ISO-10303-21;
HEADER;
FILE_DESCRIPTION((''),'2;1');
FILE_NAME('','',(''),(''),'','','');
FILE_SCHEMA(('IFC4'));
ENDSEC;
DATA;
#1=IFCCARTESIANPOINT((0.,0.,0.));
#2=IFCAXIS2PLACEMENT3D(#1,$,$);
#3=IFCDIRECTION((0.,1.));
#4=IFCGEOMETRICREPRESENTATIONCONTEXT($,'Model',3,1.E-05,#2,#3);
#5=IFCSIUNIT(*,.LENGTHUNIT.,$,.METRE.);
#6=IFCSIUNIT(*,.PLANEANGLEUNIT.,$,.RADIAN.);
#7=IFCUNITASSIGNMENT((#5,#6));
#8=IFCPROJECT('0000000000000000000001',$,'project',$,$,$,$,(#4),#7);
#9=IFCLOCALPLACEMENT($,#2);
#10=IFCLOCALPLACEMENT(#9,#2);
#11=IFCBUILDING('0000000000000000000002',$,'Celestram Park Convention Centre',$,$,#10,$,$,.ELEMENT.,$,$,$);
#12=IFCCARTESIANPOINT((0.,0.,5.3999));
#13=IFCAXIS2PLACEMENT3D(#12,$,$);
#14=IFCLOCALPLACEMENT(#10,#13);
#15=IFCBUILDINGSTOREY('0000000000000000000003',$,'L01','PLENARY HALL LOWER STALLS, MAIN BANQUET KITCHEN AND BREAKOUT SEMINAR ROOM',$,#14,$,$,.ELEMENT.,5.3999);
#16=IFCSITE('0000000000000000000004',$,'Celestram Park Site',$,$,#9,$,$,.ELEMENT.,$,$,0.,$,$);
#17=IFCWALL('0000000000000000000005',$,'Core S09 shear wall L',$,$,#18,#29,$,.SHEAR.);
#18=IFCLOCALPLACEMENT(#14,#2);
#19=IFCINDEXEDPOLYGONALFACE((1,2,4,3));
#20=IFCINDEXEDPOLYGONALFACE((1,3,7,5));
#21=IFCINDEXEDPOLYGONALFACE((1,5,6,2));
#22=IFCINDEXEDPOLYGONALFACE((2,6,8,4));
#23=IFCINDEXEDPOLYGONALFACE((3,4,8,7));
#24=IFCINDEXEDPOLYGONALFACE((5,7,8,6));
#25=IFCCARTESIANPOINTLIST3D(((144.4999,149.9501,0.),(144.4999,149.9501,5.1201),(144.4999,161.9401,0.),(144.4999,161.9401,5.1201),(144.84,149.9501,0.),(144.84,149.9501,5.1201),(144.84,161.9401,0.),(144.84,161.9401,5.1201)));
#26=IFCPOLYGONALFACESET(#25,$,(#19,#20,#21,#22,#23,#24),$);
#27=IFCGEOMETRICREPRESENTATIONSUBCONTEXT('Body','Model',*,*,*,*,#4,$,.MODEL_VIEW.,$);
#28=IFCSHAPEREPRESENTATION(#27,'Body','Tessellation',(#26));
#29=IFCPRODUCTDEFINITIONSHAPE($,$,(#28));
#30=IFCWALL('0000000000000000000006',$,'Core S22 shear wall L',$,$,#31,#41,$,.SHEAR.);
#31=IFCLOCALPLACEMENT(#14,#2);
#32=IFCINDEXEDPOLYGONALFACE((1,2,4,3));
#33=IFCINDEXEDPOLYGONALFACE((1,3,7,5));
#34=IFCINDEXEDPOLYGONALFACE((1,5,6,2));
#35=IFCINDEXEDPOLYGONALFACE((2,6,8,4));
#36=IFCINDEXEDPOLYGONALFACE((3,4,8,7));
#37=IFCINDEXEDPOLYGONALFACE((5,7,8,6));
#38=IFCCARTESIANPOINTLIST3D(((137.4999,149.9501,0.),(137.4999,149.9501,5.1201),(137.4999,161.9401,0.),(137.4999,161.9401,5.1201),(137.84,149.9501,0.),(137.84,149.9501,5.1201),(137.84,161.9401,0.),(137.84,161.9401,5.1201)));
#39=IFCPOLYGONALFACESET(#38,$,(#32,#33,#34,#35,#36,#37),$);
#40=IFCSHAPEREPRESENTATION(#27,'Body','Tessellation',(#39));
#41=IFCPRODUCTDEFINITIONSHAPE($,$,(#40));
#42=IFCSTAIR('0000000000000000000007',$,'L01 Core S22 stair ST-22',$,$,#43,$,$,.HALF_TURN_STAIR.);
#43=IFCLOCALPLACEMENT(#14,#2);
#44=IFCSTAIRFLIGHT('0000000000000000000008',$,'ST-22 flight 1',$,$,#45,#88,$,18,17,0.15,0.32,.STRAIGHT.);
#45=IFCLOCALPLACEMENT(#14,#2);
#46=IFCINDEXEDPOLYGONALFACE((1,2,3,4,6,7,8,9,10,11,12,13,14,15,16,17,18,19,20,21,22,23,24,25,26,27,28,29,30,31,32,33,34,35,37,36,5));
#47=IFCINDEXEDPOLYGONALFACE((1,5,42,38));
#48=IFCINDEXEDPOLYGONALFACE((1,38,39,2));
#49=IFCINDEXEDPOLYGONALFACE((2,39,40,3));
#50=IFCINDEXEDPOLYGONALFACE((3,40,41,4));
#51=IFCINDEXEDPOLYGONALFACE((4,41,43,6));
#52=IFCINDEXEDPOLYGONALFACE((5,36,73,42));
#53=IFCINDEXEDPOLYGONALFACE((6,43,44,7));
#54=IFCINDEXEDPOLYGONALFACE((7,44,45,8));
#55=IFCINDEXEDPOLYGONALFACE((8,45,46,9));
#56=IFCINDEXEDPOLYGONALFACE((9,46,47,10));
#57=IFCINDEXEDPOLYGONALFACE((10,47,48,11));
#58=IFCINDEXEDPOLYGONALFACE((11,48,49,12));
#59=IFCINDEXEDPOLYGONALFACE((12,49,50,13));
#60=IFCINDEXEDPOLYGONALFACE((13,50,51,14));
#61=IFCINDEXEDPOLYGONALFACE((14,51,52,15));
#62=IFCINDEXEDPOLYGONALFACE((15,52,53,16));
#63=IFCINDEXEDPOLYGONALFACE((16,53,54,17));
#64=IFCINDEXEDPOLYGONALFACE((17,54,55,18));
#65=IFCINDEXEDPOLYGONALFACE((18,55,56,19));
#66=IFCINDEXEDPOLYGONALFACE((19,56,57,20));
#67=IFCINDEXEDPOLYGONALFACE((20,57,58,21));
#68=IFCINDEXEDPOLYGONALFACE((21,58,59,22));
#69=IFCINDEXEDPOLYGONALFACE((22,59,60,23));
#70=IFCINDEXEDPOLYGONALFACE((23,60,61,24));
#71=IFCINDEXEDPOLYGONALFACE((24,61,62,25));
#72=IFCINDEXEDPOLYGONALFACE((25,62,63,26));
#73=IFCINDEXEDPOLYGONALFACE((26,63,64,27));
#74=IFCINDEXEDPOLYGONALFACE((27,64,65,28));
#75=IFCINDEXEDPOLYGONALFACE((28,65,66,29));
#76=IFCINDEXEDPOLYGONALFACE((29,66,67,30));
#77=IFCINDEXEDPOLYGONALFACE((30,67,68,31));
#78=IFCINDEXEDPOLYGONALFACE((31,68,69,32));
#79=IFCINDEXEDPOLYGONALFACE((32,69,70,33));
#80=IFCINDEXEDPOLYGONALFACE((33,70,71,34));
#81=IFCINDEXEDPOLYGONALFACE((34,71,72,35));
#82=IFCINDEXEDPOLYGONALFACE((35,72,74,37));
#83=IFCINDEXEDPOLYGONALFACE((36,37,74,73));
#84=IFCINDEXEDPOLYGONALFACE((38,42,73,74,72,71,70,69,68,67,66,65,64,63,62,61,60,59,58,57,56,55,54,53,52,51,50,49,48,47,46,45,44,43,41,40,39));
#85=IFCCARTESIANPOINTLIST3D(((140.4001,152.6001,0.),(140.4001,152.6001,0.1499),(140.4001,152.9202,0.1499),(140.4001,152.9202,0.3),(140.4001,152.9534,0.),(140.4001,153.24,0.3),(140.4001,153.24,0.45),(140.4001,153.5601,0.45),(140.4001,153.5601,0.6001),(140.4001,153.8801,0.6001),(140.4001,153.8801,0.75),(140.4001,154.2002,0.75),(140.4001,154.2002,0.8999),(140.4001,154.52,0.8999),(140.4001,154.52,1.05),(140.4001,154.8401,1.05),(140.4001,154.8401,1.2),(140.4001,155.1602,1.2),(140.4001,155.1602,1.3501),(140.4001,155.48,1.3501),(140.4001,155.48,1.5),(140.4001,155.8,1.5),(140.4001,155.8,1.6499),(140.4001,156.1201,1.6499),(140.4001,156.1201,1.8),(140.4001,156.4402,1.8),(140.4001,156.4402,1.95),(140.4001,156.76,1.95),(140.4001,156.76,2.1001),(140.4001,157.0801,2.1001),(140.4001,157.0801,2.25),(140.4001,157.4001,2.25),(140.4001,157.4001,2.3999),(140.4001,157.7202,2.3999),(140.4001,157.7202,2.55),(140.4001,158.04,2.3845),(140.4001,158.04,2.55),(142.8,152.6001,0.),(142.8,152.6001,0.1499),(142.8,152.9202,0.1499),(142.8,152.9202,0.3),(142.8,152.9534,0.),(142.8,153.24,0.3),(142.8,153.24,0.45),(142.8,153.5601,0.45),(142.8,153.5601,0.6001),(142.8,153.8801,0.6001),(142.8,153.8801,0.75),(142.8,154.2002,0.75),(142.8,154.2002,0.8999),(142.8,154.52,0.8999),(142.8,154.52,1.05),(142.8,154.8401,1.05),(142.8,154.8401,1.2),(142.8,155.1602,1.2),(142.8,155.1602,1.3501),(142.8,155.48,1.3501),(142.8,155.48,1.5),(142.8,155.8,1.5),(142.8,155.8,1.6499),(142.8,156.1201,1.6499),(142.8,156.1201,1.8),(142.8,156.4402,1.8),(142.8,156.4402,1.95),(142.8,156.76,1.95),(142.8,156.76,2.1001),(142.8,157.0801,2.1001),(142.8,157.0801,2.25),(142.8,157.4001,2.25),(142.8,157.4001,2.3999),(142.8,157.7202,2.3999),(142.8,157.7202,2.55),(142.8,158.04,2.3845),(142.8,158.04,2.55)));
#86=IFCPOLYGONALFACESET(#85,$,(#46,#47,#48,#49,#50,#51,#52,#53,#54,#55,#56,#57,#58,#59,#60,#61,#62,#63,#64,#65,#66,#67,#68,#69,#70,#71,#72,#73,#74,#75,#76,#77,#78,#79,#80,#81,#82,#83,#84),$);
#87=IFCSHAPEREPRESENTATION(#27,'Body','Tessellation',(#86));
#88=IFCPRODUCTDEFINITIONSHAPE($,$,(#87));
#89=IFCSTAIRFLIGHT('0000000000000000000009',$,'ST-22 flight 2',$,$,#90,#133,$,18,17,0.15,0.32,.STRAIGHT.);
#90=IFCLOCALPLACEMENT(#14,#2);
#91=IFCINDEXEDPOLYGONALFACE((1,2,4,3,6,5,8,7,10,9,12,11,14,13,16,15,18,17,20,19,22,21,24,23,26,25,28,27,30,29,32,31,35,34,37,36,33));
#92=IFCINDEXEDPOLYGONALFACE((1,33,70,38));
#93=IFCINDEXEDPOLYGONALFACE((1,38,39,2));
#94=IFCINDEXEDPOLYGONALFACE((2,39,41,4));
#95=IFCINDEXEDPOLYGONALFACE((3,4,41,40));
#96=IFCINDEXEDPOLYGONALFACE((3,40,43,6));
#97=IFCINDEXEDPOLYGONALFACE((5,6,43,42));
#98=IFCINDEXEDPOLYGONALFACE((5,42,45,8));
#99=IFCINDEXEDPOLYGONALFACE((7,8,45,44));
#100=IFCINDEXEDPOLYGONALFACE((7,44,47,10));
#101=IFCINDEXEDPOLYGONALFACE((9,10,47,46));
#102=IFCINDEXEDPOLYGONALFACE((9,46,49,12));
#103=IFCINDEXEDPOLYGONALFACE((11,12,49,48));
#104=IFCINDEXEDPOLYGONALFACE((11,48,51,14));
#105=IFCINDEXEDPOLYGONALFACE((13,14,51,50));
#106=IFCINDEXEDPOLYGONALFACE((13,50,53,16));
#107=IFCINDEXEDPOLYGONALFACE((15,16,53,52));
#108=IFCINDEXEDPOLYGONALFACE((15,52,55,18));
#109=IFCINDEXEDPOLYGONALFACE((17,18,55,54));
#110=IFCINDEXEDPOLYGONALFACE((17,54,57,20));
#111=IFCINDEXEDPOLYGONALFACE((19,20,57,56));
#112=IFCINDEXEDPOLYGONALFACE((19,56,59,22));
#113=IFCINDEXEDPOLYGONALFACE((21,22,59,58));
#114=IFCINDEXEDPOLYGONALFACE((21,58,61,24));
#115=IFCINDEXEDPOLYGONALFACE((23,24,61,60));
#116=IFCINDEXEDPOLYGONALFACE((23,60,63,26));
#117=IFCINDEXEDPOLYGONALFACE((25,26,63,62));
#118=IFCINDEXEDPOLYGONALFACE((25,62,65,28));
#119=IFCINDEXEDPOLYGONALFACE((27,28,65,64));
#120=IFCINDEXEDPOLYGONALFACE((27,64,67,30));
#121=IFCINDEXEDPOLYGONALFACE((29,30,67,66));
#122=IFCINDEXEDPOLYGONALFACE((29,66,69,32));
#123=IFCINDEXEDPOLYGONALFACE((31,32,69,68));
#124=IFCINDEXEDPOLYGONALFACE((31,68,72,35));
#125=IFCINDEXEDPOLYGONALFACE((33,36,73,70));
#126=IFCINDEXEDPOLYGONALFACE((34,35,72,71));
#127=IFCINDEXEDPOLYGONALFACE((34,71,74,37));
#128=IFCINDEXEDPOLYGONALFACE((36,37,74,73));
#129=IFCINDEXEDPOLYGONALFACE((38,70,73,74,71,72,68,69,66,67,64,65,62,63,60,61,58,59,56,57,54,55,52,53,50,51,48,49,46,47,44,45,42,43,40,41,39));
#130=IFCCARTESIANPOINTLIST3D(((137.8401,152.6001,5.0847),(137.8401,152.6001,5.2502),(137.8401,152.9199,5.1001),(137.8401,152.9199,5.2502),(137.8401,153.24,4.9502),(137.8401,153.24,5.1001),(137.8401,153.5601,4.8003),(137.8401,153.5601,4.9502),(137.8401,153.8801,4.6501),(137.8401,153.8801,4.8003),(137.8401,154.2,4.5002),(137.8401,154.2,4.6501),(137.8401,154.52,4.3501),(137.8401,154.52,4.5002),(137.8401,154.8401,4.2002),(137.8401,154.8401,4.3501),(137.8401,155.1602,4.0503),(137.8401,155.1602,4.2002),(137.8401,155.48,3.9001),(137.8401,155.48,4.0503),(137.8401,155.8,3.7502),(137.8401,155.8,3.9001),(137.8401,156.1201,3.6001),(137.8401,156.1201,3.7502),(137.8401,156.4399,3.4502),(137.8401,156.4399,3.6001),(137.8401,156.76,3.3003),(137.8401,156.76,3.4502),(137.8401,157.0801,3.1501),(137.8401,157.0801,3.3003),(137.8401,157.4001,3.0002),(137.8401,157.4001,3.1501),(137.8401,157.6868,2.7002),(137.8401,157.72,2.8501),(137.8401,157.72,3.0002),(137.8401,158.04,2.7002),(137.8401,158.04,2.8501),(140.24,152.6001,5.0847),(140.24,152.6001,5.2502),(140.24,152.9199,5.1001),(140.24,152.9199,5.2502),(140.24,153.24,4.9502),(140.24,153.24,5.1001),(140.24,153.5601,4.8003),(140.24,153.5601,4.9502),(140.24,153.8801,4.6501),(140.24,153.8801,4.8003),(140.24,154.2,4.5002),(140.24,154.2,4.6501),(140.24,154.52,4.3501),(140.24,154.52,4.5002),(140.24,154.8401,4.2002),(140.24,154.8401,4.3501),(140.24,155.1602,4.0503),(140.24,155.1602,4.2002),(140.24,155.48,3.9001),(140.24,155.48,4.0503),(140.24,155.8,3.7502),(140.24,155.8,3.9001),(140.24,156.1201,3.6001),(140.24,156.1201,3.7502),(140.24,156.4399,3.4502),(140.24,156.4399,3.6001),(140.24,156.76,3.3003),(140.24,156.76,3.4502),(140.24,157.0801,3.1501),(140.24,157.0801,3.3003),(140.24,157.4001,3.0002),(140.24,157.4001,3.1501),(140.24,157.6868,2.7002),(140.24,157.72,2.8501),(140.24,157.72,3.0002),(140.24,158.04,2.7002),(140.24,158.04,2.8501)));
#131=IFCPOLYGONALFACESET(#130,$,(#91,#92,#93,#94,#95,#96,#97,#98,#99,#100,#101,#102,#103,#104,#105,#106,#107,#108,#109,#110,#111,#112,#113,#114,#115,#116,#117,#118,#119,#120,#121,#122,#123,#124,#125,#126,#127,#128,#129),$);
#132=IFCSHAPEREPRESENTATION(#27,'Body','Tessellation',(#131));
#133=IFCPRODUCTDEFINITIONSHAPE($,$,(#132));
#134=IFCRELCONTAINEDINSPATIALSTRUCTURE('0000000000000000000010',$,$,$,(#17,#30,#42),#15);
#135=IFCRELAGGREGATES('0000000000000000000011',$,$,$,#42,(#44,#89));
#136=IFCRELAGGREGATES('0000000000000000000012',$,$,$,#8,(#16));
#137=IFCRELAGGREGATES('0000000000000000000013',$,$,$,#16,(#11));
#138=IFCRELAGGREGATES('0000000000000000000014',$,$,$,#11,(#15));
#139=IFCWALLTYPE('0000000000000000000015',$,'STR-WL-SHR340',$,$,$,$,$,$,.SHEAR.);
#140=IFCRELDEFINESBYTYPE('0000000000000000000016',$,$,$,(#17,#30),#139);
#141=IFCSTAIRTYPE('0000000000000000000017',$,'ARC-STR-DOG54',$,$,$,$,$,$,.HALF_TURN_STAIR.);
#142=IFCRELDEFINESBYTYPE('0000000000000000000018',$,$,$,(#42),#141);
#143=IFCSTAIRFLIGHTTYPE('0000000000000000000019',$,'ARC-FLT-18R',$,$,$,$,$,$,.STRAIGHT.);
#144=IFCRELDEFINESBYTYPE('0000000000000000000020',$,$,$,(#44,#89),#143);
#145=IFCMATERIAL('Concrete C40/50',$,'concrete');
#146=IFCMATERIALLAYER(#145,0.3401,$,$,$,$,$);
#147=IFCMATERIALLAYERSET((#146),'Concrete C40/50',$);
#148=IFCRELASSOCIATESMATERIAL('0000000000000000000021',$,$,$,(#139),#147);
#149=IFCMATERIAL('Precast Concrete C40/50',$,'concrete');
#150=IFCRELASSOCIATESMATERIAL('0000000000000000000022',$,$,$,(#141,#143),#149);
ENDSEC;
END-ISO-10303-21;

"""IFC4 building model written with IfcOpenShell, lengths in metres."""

from ifc_helpers import new_model, si_unit, direction, frame, frame_2d, origin, place, context, subcontext, project, spatial, polyline, rectangle, outline, extrude, material, layer, layer_set, type_object, element, aggregate, save


model = new_model("IFC4")

# Units and contexts
model_context = context("Model", 3, precision=1e-05, world=origin(), true_north=direction((0.0, 1.0)))
body_context = subcontext(model_context, "Body", "Model", "MODEL_VIEW")
ifc_project = project(units=[si_unit("LENGTHUNIT", "METRE"), si_unit("PLANEANGLEUNIT", "RADIAN")], contexts=[model_context])

# Site, building, storey
site_placement = place(None, origin())
site = spatial("IfcSite", under=ifc_project, at=site_placement, Name="Celestram Park Site", CompositionType="ELEMENT", RefElevation=0.0)
building_placement = place(site_placement, origin())
building = spatial("IfcBuilding", under=site, at=building_placement, Name="Celestram Park Convention Centre", CompositionType="ELEMENT")
storey_placement = place(building_placement, frame((0.0, 0.0, 5.3999)))
storey = spatial("IfcBuildingStorey", under=building, at=storey_placement, Name="L01", Description="PLENARY HALL LOWER STALLS, MAIN BANQUET KITCHEN AND BREAKOUT SEMINAR ROOM", CompositionType="ELEMENT", Elevation=5.3999)

# Shared definitions
ifc_material_1 = material(Name="Concrete C40/50", Category="concrete")

# Walls
ifc_layer_1 = layer(ifc_material_1, 0.3401)
ifc_layer_set_1 = layer_set([ifc_layer_1], Name="Concrete C40/50")
wall_type_1 = type_object("IfcWallType", Name="STR-WL-SHR340", PredefinedType="SHEAR", material=ifc_layer_set_1)
for number, where, z_axis, x_axis, name in (
    (1, (144.6699, 149.95, 0.0), (0.0, 0.0, 1.0), (0.0, 1.0, 0.0), "Core S09 shear wall L"),
    (2, (137.6699, 149.95, 0.0), (0.0, 0.0, 1.0), (0.0, 1.0, 0.0), "Core S22 shear wall L"),
):
    element("IfcWall", number, at=place(storey_placement, frame(where, z_axis=z_axis, x_axis=x_axis)), inside=storey, type_object=wall_type_1, Name=name, PredefinedType="SHEAR", context=body_context, shape_type="SweptSolid", body=[
        extrude(rectangle(XDim=11.99, YDim=0.3401, at=frame_2d((5.9951, 0.0))), origin(), (0.0, 0.0, 1.0), 5.1201),
    ])

# Stair, stair flights
ifc_material_2 = material(Name="Precast Concrete C40/50", Category="concrete")
stair_type = type_object("IfcStairType", Name="ARC-STR-DOG54", PredefinedType="HALF_TURN_STAIR", material=ifc_material_2)
stair_placement = place(storey_placement, origin())
stair = element("IfcStair", 3, at=stair_placement, inside=storey, type_object=stair_type, Name="L01 Core S22 stair ST-22", PredefinedType="HALF_TURN_STAIR")
stair_flight_type = type_object("IfcStairFlightType", Name="ARC-FLT-18R", PredefinedType="STRAIGHT", material=ifc_material_2)
stair_flight_1_placement = place(storey_placement, frame((141.6001, 152.6001, 0.0), z_axis=(0.0, 0.0, 1.0), x_axis=(0.0, 1.0, 0.0)))
stair_flight_1 = element("IfcStairFlight", 4, at=stair_flight_1_placement, type_object=stair_flight_type, Name="ST-22 flight 1", NumberOfRisers=18, NumberOfTreads=17, PredefinedType="STRAIGHT", RiserHeight=0.15, TreadLength=0.32, context=body_context, shape_type="SweptSolid", body=[
    extrude(outline(polyline([(0.0, 0.0), (0.0, 0.1499), (0.3201, 0.1499), (0.3201, 0.3), (0.6399, 0.3), (0.6399, 0.45), (0.96, 0.45), (0.96, 0.6001), (1.28, 0.6001), (1.28, 0.75), (1.6001, 0.75), (1.6001, 0.8999), (1.9199, 0.8999), (1.9199, 1.05), (2.24, 1.05), (2.24, 1.2), (2.5601, 1.2), (2.5601, 1.3501), (2.8799, 1.3501), (2.8799, 1.5), (3.2, 1.5), (3.2, 1.6499), (3.52, 1.6499), (3.52, 1.8), (3.8401, 1.8), (3.8401, 1.95), (4.1599, 1.95), (4.1599, 2.1001), (4.48, 2.1001), (4.48, 2.25), (4.8, 2.25), (4.8, 2.3999), (5.1201, 2.3999), (5.1201, 2.55), (5.4399, 2.55), (5.4399, 2.7), (5.4399, 2.3845), (0.3533, 0.0), (0.0, 0.0)])), frame((0.0, 1.2, 0.0), z_axis=(0.0, -1.0, 0.0), x_axis=(1.0, 0.0, 0.0)), (0.0, 0.0, 1.0), 2.3999),
])
stair_flight_2_placement = place(storey_placement, frame((139.04, 158.04, 2.7002), z_axis=(0.0, 0.0, 1.0), x_axis=(0.0, -1.0, 0.0)))
stair_flight_2 = element("IfcStairFlight", 5, at=stair_flight_2_placement, type_object=stair_flight_type, Name="ST-22 flight 2", NumberOfRisers=18, NumberOfTreads=17, PredefinedType="STRAIGHT", RiserHeight=0.15, TreadLength=0.32, context=body_context, shape_type="SweptSolid", body=[
    extrude(outline(polyline([(0.0, 0.0), (0.0, 0.1499), (0.3201, 0.1499), (0.3201, 0.3), (0.6399, 0.3), (0.6399, 0.45), (0.96, 0.45), (0.96, 0.6001), (1.28, 0.6001), (1.28, 0.75), (1.6001, 0.75), (1.6001, 0.8999), (1.9199, 0.8999), (1.9199, 1.05), (2.24, 1.05), (2.24, 1.2), (2.5601, 1.2), (2.5601, 1.3501), (2.8799, 1.3501), (2.8799, 1.5), (3.2, 1.5), (3.2, 1.6499), (3.52, 1.6499), (3.52, 1.8), (3.8401, 1.8), (3.8401, 1.95), (4.1599, 1.95), (4.1599, 2.1001), (4.48, 2.1001), (4.48, 2.25), (4.8, 2.25), (4.8, 2.3999), (5.1201, 2.3999), (5.1201, 2.55), (5.4399, 2.55), (5.4399, 2.7), (5.4399, 2.3845), (0.3533, 0.0), (0.0, 0.0)])), frame((0.0, 1.2, 0.0), z_axis=(0.0, -1.0, 0.0), x_axis=(1.0, 0.0, 0.0)), (0.0, 0.0, 1.0), 2.3999),
])
aggregate(stair, [stair_flight_1, stair_flight_2])

save(model, "model.ifc")
